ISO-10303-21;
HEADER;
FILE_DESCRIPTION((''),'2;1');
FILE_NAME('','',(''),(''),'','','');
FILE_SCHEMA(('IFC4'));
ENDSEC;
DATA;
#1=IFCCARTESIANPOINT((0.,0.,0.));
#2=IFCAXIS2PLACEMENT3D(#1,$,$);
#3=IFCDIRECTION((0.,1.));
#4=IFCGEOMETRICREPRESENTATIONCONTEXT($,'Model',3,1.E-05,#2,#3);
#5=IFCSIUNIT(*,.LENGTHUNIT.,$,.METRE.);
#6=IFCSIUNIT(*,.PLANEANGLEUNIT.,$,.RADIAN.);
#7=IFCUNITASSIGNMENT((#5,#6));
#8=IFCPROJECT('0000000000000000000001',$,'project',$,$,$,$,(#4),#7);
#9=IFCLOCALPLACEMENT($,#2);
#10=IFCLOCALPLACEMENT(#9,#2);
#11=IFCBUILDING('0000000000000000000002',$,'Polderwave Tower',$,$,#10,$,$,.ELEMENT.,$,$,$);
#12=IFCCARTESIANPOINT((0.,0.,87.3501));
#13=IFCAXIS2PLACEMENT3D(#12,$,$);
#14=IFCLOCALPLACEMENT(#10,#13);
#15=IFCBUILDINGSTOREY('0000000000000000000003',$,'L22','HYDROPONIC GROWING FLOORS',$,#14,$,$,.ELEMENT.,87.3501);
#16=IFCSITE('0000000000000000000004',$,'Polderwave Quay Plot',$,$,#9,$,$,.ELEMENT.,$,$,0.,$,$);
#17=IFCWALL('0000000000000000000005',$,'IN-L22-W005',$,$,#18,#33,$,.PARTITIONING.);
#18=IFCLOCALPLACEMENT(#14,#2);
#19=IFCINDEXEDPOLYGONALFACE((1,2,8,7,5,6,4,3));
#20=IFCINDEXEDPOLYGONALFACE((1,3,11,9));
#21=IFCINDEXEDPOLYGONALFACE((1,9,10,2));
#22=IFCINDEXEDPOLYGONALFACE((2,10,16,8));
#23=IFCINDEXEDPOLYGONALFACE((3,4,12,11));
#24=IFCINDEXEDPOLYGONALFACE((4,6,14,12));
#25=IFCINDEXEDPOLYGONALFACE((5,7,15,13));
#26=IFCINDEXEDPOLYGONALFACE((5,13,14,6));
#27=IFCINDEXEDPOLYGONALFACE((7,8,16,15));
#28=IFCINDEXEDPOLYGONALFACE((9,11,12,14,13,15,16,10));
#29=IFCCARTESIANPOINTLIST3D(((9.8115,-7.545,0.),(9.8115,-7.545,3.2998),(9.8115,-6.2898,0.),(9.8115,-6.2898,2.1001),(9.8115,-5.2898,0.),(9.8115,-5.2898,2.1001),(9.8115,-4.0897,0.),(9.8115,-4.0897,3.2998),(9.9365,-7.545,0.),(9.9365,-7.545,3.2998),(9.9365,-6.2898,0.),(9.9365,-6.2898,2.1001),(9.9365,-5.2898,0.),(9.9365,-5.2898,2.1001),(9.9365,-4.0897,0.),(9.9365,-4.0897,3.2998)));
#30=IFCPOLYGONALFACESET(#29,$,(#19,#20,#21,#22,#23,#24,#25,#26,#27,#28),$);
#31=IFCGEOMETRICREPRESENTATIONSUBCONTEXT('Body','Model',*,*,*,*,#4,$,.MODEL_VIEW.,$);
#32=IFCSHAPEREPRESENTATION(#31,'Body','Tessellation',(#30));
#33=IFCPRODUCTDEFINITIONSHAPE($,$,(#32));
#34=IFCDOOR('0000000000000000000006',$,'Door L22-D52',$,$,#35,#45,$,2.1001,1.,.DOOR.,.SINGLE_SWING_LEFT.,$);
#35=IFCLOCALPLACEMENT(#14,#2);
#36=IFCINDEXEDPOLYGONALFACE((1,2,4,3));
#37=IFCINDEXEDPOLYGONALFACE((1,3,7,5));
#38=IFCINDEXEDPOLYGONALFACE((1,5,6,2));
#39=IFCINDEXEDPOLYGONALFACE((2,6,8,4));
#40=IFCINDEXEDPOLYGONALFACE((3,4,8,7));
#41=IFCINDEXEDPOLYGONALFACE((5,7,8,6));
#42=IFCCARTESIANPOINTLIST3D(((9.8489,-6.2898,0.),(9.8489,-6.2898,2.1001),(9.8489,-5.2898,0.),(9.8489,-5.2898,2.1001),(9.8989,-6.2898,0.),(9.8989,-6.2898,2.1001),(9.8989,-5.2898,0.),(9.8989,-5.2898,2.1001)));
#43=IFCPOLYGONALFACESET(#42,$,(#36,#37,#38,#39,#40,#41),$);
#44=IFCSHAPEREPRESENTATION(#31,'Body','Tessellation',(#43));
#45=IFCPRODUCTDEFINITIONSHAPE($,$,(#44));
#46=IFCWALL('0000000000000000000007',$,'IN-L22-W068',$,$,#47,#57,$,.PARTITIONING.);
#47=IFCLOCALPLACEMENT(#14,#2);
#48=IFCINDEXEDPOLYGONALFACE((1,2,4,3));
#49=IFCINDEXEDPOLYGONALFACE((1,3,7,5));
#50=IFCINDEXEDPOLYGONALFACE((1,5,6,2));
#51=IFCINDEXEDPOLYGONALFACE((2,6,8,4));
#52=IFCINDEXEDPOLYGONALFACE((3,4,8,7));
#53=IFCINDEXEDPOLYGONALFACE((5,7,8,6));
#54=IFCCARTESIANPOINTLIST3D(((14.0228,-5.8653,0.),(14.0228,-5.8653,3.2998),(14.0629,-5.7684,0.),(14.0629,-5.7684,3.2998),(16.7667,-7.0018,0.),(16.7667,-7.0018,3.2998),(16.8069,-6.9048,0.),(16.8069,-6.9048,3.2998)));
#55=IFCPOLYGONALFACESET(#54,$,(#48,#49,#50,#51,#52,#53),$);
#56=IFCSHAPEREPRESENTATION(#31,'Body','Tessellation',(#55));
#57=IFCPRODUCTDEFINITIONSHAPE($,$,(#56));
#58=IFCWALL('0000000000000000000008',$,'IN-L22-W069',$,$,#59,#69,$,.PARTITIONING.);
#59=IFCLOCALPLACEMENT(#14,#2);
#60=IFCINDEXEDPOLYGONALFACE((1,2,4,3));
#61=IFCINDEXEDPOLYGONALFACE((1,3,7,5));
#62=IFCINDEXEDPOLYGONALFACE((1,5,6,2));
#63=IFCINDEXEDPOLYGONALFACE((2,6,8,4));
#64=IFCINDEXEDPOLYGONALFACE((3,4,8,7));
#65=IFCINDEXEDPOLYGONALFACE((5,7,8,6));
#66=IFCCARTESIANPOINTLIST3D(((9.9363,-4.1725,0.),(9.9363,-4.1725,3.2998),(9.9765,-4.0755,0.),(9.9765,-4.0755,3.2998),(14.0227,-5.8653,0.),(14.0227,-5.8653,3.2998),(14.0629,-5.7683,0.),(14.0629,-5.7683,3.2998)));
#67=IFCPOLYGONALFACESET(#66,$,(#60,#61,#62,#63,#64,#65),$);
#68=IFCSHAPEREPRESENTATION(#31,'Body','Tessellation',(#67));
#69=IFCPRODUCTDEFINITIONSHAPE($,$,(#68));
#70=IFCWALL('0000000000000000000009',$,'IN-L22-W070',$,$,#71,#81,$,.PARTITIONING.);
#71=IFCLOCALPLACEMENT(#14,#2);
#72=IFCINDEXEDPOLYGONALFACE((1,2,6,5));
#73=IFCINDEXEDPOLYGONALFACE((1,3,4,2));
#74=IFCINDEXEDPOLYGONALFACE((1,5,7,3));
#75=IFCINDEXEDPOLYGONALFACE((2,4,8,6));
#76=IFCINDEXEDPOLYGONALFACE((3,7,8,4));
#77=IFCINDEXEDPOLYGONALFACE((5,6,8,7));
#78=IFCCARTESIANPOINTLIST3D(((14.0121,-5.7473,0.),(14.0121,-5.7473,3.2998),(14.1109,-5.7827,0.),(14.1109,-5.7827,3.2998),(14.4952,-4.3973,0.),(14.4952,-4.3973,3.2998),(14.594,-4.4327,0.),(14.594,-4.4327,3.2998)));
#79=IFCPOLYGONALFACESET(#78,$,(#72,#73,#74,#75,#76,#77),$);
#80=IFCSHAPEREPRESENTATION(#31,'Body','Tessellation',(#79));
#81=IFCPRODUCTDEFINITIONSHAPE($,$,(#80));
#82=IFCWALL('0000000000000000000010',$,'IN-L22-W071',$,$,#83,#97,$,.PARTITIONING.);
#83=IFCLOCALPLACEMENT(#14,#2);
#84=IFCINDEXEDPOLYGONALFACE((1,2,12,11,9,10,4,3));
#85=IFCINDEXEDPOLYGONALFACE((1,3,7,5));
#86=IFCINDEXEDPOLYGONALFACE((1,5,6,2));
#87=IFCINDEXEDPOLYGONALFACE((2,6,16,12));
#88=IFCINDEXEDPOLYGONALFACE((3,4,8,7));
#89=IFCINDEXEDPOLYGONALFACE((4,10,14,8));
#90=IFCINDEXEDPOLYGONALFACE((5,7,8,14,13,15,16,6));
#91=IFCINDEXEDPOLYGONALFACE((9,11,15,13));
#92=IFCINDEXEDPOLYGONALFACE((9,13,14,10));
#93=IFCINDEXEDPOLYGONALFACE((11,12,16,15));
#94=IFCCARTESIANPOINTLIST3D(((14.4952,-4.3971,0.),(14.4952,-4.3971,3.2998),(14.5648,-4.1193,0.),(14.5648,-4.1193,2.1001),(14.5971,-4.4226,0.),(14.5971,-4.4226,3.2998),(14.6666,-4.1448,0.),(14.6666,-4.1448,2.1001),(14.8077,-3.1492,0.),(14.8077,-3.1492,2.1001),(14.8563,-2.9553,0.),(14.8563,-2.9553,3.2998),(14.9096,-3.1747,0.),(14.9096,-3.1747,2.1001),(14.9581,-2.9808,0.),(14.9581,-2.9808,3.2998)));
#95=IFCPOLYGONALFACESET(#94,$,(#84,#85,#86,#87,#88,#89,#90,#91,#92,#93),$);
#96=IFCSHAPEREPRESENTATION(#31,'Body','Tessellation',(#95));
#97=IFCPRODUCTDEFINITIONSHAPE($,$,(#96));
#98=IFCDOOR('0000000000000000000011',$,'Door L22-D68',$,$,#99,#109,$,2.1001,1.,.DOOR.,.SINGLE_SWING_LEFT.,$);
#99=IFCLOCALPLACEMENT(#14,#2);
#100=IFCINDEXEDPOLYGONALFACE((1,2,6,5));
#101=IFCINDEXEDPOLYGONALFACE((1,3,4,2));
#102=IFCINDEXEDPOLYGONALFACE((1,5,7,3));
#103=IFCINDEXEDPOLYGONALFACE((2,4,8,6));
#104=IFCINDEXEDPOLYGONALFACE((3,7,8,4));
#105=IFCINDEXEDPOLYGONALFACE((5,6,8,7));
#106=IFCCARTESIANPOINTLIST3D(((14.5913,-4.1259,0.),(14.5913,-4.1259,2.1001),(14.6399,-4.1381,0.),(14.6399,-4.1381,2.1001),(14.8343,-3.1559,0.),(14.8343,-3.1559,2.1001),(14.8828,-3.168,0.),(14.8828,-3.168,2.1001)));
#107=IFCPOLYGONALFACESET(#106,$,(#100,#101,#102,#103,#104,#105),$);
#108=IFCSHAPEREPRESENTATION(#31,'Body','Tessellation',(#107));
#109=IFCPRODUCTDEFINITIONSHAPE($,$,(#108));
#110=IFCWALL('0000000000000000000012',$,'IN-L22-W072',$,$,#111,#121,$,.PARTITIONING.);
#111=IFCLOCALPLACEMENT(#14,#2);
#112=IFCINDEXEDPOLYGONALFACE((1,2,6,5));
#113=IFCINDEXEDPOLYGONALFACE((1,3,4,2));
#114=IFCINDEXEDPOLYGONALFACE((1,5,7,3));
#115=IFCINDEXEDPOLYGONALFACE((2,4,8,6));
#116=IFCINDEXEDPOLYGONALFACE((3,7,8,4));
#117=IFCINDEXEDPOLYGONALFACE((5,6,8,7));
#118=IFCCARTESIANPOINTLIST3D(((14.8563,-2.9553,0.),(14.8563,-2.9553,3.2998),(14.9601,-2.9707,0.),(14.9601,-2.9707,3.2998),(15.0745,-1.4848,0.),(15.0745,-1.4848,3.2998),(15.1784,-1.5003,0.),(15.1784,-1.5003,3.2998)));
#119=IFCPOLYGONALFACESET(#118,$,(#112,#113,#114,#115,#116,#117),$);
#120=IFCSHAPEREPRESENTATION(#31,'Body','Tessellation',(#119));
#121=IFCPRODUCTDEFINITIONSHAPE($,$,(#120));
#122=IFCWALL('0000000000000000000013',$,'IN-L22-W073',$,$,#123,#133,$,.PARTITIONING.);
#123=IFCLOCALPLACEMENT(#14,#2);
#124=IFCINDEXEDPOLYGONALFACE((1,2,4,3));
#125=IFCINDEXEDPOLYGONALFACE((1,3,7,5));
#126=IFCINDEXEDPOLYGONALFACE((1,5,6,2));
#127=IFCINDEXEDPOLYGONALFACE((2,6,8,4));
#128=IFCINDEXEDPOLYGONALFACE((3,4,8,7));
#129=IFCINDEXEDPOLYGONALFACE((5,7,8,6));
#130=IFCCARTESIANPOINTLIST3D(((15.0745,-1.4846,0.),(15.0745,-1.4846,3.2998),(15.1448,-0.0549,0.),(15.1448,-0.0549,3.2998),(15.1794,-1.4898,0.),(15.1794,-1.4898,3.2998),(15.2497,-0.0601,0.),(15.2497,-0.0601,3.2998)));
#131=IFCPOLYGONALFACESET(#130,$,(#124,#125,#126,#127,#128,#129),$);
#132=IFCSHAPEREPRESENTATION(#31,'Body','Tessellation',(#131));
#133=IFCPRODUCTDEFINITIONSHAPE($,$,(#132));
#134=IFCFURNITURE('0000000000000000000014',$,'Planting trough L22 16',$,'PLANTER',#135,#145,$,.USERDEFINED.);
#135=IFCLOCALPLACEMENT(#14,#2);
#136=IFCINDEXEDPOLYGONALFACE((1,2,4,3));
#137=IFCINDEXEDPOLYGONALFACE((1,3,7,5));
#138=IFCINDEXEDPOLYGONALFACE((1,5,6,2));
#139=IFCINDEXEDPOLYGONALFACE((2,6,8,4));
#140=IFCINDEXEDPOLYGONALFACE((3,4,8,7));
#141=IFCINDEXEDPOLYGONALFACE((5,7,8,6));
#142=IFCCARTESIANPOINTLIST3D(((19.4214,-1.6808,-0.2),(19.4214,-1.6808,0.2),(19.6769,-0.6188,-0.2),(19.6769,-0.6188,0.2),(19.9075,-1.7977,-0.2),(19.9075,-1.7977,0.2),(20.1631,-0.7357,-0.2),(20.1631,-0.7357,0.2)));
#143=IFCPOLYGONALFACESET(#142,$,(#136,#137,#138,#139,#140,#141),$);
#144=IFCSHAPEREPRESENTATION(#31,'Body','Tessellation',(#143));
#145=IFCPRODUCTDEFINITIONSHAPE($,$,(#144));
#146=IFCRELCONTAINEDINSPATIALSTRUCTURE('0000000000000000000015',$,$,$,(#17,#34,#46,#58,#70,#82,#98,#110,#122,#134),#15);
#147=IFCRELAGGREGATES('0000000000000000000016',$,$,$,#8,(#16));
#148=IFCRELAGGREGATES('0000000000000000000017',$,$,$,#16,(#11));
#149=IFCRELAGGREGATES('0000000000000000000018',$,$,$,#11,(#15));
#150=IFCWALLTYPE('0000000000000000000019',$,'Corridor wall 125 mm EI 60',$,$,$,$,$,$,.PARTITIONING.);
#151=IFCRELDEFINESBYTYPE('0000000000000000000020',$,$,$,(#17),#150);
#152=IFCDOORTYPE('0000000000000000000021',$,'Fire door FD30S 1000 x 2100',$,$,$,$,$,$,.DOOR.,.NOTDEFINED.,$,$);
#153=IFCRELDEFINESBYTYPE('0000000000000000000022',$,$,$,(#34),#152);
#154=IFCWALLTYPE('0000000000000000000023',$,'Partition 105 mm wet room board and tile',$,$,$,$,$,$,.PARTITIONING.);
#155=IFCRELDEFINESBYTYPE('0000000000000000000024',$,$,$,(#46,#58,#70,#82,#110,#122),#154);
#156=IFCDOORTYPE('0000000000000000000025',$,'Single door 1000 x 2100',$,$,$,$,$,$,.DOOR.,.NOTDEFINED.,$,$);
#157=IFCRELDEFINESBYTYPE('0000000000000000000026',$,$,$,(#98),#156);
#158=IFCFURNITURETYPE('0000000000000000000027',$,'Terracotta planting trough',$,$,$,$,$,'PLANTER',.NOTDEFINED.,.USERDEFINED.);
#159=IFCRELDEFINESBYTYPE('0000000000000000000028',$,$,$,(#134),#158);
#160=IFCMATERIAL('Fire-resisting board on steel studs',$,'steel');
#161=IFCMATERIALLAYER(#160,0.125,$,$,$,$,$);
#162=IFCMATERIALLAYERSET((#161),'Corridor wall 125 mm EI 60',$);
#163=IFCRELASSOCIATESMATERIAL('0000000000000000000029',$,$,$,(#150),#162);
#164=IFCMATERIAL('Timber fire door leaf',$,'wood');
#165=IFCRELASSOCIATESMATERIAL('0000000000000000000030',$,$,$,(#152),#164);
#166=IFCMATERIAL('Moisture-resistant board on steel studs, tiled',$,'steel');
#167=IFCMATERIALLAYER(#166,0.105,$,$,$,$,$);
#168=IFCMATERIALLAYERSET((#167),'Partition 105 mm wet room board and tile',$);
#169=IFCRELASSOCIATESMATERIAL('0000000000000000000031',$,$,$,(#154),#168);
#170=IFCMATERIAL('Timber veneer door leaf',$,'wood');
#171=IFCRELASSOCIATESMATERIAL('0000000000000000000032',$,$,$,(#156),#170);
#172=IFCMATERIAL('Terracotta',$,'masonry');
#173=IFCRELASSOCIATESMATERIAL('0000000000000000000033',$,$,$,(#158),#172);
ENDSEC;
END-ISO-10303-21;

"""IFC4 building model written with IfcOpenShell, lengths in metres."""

from ifc_helpers import new_model, si_unit, direction, frame, frame_2d, origin, origin_2d, place, context, subcontext, project, spatial, rectangle, extrude, material, layer, layer_set, type_object, element, fill, save


model = new_model("IFC4")

# Units and contexts
model_context = context("Model", 3, precision=1e-05, world=origin(), true_north=direction((0.0, 1.0)))
body_context = subcontext(model_context, "Body", "Model", "MODEL_VIEW")
ifc_project = project(units=[si_unit("LENGTHUNIT", "METRE"), si_unit("PLANEANGLEUNIT", "RADIAN")], contexts=[model_context])

# Site, building, storey
site_placement = place(None, origin())
site = spatial("IfcSite", under=ifc_project, at=site_placement, Name="Polderwave Quay Plot", CompositionType="ELEMENT", RefElevation=0.0)
building_placement = place(site_placement, origin())
building = spatial("IfcBuilding", under=site, at=building_placement, Name="Polderwave Tower", CompositionType="ELEMENT")
storey_placement = place(building_placement, frame((0.0, 0.0, 87.3501)))
storey = spatial("IfcBuildingStorey", under=building, at=storey_placement, Name="L22", Description="HYDROPONIC GROWING FLOORS", CompositionType="ELEMENT", Elevation=87.3501)

# Shared definitions
ifc_material_1 = material(Name="Fire-resisting board on steel studs", Category="steel")
ifc_layer_1 = layer(ifc_material_1, 0.125)
ifc_layer_set_1 = layer_set([ifc_layer_1], Name="Corridor wall 125 mm EI 60")
wall_type_1 = type_object("IfcWallType", Name="Corridor wall 125 mm EI 60", PredefinedType="PARTITIONING", material=ifc_layer_set_1)

# Wall, opening, door
wall_1_placement = place(storey_placement, frame((9.874, -4.0898, 0.0), z_axis=(0.0, 0.0, 1.0), x_axis=(0.0, -1.0, 0.0)))
wall_1 = element("IfcWall", 1, at=wall_1_placement, inside=storey, type_object=wall_type_1, Name="IN-L22-W005", PredefinedType="PARTITIONING", context=body_context, shape_type="SweptSolid", body=[
    extrude(rectangle(XDim=3.4553, YDim=0.125, at=frame_2d((1.7275, 0.0))), origin(), (0.0, 0.0, 1.0), 3.2998),
])
opening_1_placement = place(wall_1_placement, frame((1.2, 0.0, 0.0)))
opening_1 = element("IfcOpeningElement", 2, at=opening_1_placement, cuts=wall_1, PredefinedType="OPENING", context=body_context, shape_type="SweptSolid", body=[
    extrude(rectangle(XDim=1.0, YDim=2.1001, at=frame_2d((0.5, 1.05))), frame((0.0, 0.0725, 0.0), z_axis=(0.0, -1.0, 0.0), x_axis=(1.0, 0.0, 0.0)), (0.0, 0.0, 1.0), 0.145),
])
ifc_material_2 = material(Name="Timber fire door leaf", Category="wood")
door_type_1 = type_object("IfcDoorType", Name="Fire door FD30S 1000 x 2100", OperationType="NOTDEFINED", PredefinedType="DOOR", material=ifc_material_2)
door_1_placement = place(opening_1_placement, origin())
door_1 = element("IfcDoor", 3, at=door_1_placement, inside=storey, type_object=door_type_1, Name="Door L22-D52", OperationType="SINGLE_SWING_LEFT", OverallHeight=2.1001, OverallWidth=1.0, PredefinedType="DOOR", context=body_context, shape_type="SweptSolid", body=[
    extrude(rectangle(XDim=1.0, YDim=2.1001, at=frame_2d((0.5, 1.05))), frame((0.0, 0.0249, 0.0), z_axis=(0.0, -1.0, 0.0), x_axis=(1.0, 0.0, 0.0)), (0.0, 0.0, 1.0), 0.05),
])
fill(opening_1, door_1)

# Walls
ifc_material_3 = material(Name="Moisture-resistant board on steel studs, tiled", Category="steel")
ifc_layer_2 = layer(ifc_material_3, 0.105)
ifc_layer_set_2 = layer_set([ifc_layer_2], Name="Partition 105 mm wet room board and tile")
wall_type_2 = type_object("IfcWallType", Name="Partition 105 mm wet room board and tile", PredefinedType="PARTITIONING", material=ifc_layer_set_2)
wall_2_placement = place(storey_placement, frame((14.043, -5.8169, 0.0), z_axis=(0.0, 0.0, 1.0), x_axis=(0.92389, -0.382659, 0.0)))
element("IfcWall", 4, at=wall_2_placement, inside=storey, type_object=wall_type_2, Name="IN-L22-W068", PredefinedType="PARTITIONING", context=body_context, shape_type="SweptSolid", body=[
    extrude(rectangle(XDim=2.97, YDim=0.105, at=frame_2d((1.4849, 0.0))), origin(), (0.0, 0.0, 1.0), 3.2998),
])
wall_3_placement = place(storey_placement, frame((9.9565, -4.124, 0.0), z_axis=(0.0, 0.0, 1.0), x_axis=(0.923862, -0.382726, 0.0)))
element("IfcWall", 5, at=wall_3_placement, inside=storey, type_object=wall_type_2, Name="IN-L22-W069", PredefinedType="PARTITIONING", context=body_context, shape_type="SweptSolid", body=[
    extrude(rectangle(XDim=4.4231, YDim=0.105, at=frame_2d((2.2114, 0.0))), origin(), (0.0, 0.0, 1.0), 3.2998),
])
wall_4_placement = place(storey_placement, frame((14.0615, -5.7649, 0.0), z_axis=(0.0, 0.0, 1.0), x_axis=(0.33694, 0.941526, 0.0)))
element("IfcWall", 6, at=wall_4_placement, inside=storey, type_object=wall_type_2, Name="IN-L22-W070", PredefinedType="PARTITIONING", context=body_context, shape_type="SweptSolid", body=[
    extrude(rectangle(XDim=1.4338, YDim=0.105, at=frame_2d((0.7168, 0.0))), origin(), (0.0, 0.0, 1.0), 3.2998),
])

# Wall, opening, door
wall_5_placement = place(storey_placement, frame((14.9072, -2.968, 0.0), z_axis=(0.0, 0.0, 1.0), x_axis=(-0.242922, -0.970046, 0.0)))
wall_5 = element("IfcWall", 7, at=wall_5_placement, inside=storey, type_object=wall_type_2, Name="IN-L22-W071", PredefinedType="PARTITIONING", context=body_context, shape_type="SweptSolid", body=[
    extrude(rectangle(XDim=1.4863, YDim=0.105, at=frame_2d((0.7432, 0.0))), origin(), (0.0, 0.0, 1.0), 3.2998),
])
opening_2_placement = place(wall_5_placement, frame((0.2, 0.0, 0.0)))
opening_2 = element("IfcOpeningElement", 8, at=opening_2_placement, cuts=wall_5, PredefinedType="OPENING", context=body_context, shape_type="SweptSolid", body=[
    extrude(rectangle(XDim=1.0, YDim=2.1001, at=frame_2d((0.5, 1.05))), frame((0.0, 0.0625, 0.0), z_axis=(0.0, -1.0, 0.0), x_axis=(1.0, 0.0, 0.0)), (0.0, 0.0, 1.0), 0.125),
])
ifc_material_4 = material(Name="Timber veneer door leaf", Category="wood")
door_type_2 = type_object("IfcDoorType", Name="Single door 1000 x 2100", OperationType="NOTDEFINED", PredefinedType="DOOR", material=ifc_material_4)
door_2_placement = place(opening_2_placement, origin())
door_2 = element("IfcDoor", 9, at=door_2_placement, inside=storey, type_object=door_type_2, Name="Door L22-D68", OperationType="SINGLE_SWING_LEFT", OverallHeight=2.1001, OverallWidth=1.0, PredefinedType="DOOR", context=body_context, shape_type="SweptSolid", body=[
    extrude(rectangle(XDim=1.0, YDim=2.1001, at=frame_2d((0.5, 1.05))), frame((0.0, 0.0249, 0.0), z_axis=(0.0, -1.0, 0.0), x_axis=(1.0, 0.0, 0.0)), (0.0, 0.0, 1.0), 0.05),
])
fill(opening_2, door_2)

# Walls
wall_6_placement = place(storey_placement, frame((14.9082, -2.9629, 0.0), z_axis=(0.0, 0.0, 1.0), x_axis=(0.146822, 0.989163, 0.0)))
element("IfcWall", 10, at=wall_6_placement, inside=storey, type_object=wall_type_2, Name="IN-L22-W072", PredefinedType="PARTITIONING", context=body_context, shape_type="SweptSolid", body=[
    extrude(rectangle(XDim=1.4866, YDim=0.105, at=frame_2d((0.7432, 0.0))), origin(), (0.0, 0.0, 1.0), 3.2998),
])
wall_7_placement = place(storey_placement, frame((15.127, -1.4873, 0.0), z_axis=(0.0, 0.0, 1.0), x_axis=(0.049121, 0.998793, 0.0)))
element("IfcWall", 11, at=wall_7_placement, inside=storey, type_object=wall_type_2, Name="IN-L22-W073", PredefinedType="PARTITIONING", context=body_context, shape_type="SweptSolid", body=[
    extrude(rectangle(XDim=1.4314, YDim=0.105, at=frame_2d((0.7158, 0.0))), origin(), (0.0, 0.0, 1.0), 3.2998),
])

# Furniture
ifc_material_5 = material(Name="Terracotta", Category="masonry")
furniture_type = type_object("IfcFurnitureType", Name="Terracotta planting trough", ElementType="PLANTER", AssemblyPlace="NOTDEFINED", PredefinedType="USERDEFINED", material=ifc_material_5)
furniture_placement = place(storey_placement, frame((19.7922, -1.2083, -0.2), z_axis=(0.0, 0.0, 1.0), x_axis=(0.233917, 0.972257, 0.0)))
element("IfcFurniture", 12, at=furniture_placement, inside=storey, type_object=furniture_type, Name="Planting trough L22 16", ObjectType="PLANTER", PredefinedType="USERDEFINED", context=body_context, shape_type="SweptSolid", body=[
    extrude(rectangle(XDim=1.0923, YDim=0.5, at=origin_2d()), origin(), (0.0, 0.0, 1.0), 0.3999),
])

save(model, "model.ifc")
